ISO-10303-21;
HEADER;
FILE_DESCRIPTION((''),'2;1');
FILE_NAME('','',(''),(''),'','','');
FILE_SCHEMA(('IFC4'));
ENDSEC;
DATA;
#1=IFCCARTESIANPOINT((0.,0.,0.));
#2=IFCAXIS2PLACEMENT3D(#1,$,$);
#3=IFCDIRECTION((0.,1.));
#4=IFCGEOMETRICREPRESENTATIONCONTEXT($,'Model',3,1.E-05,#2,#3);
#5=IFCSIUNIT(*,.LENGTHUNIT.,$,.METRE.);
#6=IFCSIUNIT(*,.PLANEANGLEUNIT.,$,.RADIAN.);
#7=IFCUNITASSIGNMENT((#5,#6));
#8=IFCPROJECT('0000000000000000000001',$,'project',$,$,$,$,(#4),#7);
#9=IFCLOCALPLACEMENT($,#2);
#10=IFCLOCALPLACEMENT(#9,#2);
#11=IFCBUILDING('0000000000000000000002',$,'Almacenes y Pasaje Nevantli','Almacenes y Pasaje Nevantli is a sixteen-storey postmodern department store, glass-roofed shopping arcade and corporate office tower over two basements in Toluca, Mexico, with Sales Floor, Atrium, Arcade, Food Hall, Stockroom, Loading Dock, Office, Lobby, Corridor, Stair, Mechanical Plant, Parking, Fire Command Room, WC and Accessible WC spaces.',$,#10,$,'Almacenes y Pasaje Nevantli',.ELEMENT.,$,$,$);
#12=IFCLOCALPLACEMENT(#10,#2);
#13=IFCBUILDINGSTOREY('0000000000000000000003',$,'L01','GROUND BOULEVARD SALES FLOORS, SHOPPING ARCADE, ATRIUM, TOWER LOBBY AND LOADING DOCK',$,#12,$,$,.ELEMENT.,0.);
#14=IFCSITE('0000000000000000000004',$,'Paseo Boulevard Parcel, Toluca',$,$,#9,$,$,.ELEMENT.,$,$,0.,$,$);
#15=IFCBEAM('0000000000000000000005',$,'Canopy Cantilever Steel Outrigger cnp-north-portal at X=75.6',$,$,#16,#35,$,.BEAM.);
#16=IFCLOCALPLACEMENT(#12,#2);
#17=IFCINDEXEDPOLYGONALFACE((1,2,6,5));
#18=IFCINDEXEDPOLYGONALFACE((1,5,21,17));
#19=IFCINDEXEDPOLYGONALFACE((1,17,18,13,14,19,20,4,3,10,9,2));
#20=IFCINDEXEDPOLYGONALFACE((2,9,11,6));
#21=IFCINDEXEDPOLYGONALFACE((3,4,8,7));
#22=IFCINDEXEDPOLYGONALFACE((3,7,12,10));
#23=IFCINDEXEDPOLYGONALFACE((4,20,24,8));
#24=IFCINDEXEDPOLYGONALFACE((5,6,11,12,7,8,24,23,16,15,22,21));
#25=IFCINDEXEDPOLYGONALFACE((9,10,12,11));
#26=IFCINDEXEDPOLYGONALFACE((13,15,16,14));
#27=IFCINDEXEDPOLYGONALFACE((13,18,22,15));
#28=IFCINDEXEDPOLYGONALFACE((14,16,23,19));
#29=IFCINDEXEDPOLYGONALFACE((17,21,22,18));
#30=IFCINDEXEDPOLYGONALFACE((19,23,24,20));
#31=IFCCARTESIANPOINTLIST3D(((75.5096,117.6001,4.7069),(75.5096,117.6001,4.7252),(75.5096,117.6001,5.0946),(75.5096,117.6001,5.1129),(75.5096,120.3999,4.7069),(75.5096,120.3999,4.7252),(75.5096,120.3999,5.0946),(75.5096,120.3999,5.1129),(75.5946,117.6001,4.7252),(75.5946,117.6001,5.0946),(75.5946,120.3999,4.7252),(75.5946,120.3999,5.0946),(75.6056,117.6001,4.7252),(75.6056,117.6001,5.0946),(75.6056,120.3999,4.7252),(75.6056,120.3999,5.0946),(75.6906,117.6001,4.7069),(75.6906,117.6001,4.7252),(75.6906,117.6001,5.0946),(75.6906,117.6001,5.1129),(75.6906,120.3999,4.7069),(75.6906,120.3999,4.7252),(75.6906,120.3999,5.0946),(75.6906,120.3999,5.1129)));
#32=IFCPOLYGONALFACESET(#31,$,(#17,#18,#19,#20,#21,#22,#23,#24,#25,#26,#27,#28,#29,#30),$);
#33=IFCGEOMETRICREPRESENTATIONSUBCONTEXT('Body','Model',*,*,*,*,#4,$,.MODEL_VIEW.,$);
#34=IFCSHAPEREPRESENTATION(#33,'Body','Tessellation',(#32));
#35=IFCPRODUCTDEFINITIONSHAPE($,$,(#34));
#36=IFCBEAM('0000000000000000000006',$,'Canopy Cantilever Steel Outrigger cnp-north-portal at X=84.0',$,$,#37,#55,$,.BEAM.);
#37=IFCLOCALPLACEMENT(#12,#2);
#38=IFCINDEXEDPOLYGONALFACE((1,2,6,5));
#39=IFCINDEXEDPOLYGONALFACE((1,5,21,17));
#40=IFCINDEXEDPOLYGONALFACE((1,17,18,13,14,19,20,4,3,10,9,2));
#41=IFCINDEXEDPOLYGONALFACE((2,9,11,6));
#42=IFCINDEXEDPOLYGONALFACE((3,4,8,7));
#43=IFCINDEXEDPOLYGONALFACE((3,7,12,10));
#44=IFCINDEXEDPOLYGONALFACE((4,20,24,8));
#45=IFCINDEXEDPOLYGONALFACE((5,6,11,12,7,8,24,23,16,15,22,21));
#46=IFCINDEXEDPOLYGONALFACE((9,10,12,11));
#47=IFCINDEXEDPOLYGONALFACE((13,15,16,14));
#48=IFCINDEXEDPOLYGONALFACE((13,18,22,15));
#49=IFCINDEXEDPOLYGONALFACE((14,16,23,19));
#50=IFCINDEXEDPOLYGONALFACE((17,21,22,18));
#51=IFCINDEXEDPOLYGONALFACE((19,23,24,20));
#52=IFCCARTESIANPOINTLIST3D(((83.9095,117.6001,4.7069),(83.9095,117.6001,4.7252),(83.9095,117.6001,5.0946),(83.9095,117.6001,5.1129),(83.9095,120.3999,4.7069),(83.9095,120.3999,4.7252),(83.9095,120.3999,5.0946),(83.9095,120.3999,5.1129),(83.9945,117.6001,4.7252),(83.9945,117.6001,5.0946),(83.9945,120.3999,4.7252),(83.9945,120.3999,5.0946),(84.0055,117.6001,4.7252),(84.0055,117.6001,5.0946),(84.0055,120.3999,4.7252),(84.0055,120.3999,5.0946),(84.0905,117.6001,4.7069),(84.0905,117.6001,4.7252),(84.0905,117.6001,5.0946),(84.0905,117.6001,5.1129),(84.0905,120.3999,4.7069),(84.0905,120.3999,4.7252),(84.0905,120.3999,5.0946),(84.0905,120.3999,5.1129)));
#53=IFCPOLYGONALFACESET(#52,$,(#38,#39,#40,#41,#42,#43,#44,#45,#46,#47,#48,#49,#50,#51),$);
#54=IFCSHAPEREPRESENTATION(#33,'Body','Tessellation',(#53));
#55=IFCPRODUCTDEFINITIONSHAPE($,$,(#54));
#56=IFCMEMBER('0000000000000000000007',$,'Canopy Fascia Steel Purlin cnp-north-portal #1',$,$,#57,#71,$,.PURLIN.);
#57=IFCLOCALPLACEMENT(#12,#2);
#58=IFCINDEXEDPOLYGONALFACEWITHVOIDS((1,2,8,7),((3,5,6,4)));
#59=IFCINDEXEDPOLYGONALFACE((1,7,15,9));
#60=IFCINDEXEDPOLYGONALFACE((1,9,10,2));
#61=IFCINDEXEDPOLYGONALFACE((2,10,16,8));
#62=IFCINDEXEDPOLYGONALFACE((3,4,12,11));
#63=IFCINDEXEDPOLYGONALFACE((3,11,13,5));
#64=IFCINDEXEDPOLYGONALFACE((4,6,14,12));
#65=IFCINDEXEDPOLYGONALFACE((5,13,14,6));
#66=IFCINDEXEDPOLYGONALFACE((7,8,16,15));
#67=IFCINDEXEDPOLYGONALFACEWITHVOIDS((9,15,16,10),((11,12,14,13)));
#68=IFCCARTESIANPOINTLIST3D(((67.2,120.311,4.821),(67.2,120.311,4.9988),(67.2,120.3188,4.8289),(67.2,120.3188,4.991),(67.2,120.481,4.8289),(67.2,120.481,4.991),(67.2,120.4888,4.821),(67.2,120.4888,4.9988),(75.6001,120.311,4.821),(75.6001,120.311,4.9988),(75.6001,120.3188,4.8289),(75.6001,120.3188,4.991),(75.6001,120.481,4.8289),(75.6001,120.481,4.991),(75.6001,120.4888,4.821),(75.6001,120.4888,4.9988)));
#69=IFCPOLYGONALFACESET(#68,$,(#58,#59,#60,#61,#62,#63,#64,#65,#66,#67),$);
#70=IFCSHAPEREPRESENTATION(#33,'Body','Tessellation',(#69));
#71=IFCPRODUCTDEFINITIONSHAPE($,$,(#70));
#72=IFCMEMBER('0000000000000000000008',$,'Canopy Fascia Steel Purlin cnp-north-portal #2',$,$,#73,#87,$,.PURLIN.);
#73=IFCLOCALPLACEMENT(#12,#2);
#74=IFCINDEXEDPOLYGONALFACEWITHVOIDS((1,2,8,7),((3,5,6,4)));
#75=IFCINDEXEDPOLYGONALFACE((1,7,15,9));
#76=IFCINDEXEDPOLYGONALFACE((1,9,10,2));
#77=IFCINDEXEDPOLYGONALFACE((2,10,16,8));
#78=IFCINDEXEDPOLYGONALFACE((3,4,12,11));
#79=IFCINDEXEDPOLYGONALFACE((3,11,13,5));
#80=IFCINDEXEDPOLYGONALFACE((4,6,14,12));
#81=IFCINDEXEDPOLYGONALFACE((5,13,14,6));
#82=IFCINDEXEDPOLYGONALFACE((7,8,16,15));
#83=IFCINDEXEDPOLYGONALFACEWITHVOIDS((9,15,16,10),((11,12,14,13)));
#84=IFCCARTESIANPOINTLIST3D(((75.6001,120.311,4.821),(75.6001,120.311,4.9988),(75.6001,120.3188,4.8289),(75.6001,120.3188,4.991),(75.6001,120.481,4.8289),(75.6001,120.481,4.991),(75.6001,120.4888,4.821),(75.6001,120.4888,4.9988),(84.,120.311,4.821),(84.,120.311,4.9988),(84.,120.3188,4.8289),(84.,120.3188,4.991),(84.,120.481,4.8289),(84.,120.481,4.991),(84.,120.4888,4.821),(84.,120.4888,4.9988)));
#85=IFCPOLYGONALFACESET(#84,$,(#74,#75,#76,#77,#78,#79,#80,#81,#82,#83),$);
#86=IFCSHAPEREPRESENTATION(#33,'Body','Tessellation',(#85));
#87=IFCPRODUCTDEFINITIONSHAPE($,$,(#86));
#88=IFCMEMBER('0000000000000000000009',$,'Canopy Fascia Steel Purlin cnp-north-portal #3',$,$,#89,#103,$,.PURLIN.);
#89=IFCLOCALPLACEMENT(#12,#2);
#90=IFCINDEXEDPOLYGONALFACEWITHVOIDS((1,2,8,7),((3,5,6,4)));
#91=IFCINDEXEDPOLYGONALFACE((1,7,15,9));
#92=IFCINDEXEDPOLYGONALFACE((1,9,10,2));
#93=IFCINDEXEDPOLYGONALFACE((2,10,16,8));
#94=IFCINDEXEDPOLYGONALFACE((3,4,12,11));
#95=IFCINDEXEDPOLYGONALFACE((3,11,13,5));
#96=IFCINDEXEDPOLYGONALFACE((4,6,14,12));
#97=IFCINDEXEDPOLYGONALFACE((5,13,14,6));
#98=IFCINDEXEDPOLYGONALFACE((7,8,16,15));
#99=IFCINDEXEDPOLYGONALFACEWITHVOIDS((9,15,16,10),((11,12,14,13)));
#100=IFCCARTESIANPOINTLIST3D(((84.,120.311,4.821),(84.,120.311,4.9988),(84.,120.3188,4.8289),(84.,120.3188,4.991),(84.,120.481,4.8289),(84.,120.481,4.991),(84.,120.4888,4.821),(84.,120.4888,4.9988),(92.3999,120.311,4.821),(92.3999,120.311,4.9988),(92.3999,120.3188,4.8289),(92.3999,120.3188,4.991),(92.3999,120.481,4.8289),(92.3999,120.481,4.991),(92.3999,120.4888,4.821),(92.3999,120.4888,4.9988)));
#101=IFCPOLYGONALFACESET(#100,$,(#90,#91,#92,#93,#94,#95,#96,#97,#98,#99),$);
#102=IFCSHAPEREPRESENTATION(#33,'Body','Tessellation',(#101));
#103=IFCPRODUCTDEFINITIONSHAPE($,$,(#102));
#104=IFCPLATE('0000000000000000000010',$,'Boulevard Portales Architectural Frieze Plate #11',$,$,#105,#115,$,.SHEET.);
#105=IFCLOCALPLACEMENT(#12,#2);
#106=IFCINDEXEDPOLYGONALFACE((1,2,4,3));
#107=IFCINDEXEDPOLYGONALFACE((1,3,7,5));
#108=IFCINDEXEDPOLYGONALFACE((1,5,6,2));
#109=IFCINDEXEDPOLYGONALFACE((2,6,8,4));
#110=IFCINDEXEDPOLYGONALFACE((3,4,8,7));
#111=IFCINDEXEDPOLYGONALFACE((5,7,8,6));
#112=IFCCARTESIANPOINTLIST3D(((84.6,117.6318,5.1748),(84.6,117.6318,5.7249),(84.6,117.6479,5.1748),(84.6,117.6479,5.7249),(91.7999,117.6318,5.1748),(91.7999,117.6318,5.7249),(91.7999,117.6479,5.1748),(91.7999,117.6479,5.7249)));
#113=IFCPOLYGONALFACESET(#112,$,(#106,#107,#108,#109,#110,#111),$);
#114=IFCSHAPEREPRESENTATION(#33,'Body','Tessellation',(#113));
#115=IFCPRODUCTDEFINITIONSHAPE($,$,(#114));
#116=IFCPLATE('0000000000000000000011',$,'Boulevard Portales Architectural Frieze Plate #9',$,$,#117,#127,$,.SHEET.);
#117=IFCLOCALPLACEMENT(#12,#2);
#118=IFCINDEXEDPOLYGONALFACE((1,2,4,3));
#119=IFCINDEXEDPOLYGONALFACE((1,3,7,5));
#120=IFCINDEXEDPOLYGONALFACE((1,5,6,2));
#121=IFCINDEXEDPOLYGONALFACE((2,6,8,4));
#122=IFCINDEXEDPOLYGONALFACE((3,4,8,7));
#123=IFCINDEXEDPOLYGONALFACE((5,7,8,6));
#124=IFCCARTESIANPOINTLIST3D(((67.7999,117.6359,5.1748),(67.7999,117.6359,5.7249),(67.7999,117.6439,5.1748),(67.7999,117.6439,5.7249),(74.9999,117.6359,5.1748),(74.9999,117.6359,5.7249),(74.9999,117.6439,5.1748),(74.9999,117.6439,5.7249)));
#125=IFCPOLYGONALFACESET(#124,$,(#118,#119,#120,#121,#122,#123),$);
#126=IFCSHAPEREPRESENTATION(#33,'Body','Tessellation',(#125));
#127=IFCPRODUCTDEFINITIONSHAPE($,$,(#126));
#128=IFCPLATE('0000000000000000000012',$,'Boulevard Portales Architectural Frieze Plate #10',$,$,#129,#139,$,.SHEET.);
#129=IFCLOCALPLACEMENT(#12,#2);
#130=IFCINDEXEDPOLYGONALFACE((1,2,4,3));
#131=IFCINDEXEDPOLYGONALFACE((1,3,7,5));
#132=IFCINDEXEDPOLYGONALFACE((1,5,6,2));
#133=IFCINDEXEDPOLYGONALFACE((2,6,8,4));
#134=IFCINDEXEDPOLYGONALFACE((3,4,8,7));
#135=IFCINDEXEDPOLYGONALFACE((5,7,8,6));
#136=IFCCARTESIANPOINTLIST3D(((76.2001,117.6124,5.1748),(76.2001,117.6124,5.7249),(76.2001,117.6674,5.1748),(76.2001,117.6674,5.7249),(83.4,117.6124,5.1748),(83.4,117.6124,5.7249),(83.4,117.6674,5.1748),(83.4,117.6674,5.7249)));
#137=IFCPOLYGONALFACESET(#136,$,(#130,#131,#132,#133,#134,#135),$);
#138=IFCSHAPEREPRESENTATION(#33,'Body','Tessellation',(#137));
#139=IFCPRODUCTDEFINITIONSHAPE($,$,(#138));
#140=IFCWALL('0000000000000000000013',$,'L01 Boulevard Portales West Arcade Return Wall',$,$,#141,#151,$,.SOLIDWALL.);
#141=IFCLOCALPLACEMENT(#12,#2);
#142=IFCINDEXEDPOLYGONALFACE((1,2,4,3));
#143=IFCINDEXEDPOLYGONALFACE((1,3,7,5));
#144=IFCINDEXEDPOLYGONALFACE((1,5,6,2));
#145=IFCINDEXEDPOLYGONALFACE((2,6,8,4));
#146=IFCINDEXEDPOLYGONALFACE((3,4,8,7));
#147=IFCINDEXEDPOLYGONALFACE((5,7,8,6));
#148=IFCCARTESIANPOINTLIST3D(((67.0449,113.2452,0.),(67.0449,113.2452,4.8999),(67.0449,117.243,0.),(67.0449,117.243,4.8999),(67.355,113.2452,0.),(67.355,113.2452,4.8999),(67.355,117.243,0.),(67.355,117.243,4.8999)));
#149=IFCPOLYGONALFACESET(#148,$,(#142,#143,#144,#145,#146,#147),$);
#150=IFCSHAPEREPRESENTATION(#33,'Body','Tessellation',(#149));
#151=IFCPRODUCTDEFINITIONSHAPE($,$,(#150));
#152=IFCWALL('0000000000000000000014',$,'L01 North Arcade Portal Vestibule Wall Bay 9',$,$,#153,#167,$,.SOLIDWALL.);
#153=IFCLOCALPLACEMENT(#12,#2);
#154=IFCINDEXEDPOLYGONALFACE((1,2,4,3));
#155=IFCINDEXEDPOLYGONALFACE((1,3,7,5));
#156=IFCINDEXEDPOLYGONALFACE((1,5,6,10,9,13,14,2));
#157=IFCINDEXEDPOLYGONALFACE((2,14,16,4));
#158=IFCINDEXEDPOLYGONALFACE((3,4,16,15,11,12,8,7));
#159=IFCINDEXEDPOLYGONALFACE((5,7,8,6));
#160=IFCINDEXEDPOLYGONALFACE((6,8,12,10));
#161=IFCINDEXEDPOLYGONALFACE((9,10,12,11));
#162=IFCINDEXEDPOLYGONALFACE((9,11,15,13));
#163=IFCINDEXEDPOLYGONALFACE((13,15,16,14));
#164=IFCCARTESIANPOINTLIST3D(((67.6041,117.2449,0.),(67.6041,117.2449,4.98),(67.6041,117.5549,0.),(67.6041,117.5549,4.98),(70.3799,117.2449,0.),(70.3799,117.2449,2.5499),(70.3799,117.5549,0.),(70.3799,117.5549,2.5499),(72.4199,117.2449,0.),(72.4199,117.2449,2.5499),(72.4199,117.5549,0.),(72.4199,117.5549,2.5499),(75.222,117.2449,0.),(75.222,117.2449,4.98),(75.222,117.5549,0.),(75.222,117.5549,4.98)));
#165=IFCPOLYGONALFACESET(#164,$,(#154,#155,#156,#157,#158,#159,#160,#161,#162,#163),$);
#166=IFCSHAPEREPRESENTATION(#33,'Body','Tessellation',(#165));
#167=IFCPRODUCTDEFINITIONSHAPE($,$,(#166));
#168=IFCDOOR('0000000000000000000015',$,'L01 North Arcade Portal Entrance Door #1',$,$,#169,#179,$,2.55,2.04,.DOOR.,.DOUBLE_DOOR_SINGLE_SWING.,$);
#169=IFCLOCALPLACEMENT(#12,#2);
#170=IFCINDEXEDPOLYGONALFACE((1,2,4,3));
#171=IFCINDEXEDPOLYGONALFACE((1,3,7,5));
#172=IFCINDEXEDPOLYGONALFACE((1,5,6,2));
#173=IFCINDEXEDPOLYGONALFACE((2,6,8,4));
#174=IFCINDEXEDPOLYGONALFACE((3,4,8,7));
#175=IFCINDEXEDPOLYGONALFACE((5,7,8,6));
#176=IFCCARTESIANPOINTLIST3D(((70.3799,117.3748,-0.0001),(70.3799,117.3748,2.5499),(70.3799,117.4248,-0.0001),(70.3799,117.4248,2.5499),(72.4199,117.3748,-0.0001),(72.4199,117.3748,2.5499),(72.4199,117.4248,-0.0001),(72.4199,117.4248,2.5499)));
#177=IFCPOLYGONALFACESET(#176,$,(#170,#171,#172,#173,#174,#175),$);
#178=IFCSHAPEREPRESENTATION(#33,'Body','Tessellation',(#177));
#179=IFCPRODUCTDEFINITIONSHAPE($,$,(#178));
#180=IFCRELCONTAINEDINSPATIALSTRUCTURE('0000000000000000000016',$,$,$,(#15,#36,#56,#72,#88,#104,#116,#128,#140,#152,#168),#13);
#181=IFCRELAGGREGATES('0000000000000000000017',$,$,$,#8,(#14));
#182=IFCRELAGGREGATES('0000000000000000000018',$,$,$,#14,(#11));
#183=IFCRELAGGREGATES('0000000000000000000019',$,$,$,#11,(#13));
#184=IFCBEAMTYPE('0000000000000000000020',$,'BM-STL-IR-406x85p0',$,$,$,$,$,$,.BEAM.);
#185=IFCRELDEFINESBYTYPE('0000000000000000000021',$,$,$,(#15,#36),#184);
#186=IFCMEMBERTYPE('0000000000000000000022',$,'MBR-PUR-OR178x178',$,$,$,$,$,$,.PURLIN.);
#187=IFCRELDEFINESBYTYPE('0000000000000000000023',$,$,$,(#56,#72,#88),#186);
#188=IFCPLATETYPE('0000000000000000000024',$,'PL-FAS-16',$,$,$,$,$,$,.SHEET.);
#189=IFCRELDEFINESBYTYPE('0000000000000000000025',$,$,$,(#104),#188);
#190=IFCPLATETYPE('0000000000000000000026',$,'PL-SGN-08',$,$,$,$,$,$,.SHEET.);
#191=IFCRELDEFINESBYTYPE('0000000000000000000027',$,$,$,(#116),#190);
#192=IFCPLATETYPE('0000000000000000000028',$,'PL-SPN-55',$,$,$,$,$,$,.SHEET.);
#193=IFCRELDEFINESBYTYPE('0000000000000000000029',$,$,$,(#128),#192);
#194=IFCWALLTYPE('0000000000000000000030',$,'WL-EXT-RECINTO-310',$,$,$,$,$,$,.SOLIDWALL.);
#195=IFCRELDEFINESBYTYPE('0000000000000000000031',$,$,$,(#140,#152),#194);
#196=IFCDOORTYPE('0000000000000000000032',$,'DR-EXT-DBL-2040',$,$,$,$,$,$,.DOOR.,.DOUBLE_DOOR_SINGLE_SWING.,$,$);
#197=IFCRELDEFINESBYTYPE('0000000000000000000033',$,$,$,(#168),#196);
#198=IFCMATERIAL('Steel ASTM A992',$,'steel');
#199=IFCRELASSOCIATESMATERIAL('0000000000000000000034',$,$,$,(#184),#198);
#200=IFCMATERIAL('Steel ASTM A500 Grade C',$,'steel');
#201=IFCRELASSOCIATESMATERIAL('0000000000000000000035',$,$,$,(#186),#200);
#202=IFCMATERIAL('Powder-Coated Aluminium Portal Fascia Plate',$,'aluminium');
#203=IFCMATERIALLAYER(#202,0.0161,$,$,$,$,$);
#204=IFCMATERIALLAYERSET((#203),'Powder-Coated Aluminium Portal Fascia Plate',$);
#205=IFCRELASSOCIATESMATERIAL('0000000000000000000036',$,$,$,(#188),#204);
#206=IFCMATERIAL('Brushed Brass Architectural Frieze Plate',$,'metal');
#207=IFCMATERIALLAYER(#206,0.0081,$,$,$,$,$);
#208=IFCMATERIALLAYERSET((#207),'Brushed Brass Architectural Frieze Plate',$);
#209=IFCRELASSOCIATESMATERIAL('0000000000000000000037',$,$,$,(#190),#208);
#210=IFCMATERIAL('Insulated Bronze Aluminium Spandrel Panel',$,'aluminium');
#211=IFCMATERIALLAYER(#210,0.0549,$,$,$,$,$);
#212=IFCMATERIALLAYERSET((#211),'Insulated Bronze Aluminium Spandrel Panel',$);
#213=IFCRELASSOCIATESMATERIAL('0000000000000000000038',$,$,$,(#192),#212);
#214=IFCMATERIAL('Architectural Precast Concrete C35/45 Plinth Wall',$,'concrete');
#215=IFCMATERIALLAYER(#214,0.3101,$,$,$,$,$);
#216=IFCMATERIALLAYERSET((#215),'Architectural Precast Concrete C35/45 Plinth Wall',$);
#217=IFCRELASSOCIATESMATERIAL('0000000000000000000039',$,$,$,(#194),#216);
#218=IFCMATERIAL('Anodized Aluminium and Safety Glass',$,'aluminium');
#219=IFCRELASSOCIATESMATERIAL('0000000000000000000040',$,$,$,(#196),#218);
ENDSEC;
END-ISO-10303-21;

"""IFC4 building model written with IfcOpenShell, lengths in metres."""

from ifc_helpers import new_model, si_unit, direction, frame, frame_2d, origin, origin_2d, place, context, subcontext, project, spatial, rectangle, hollow_rectangle, i_section, extrude, material, layer, layer_set, material_profile, profile_set, type_object, element, fill, save


model = new_model("IFC4")

# Units and contexts
model_context = context("Model", 3, precision=1e-05, world=origin(), true_north=direction((0.0, 1.0)))
body_context = subcontext(model_context, "Body", "Model", "MODEL_VIEW")
ifc_project = project(units=[si_unit("LENGTHUNIT", "METRE"), si_unit("PLANEANGLEUNIT", "RADIAN")], contexts=[model_context])

# Site, building, storey
site_placement = place(None, origin())
site = spatial("IfcSite", under=ifc_project, at=site_placement, Name="Paseo Boulevard Parcel, Toluca", CompositionType="ELEMENT", RefElevation=0.0)
building_placement = place(site_placement, origin())
building = spatial("IfcBuilding", under=site, at=building_placement, Name="Almacenes y Pasaje Nevantli", Description="Almacenes y Pasaje Nevantli is a sixteen-storey postmodern department store, glass-roofed shopping arcade and corporate office tower over two basements in Toluca, Mexico, with Sales Floor, Atrium, Arcade, Food Hall, Stockroom, Loading Dock, Office, Lobby, Corridor, Stair, Mechanical Plant, Parking, Fire Command Room, WC and Accessible WC spaces.", LongName="Almacenes y Pasaje Nevantli", CompositionType="ELEMENT")
storey_placement = place(building_placement, origin())
storey = spatial("IfcBuildingStorey", under=building, at=storey_placement, Name="L01", Description="GROUND BOULEVARD SALES FLOORS, SHOPPING ARCADE, ATRIUM, TOWER LOBBY AND LOADING DOCK", CompositionType="ELEMENT", Elevation=0.0)

# Beams
ifc_material_1 = material(Name="Steel ASTM A992", Category="steel")
ifc_material_profile_1 = material_profile(ifc_material_1, i_section(OverallWidth=0.1809, OverallDepth=0.406, WebThickness=0.011, FlangeThickness=0.0183, at=origin_2d()), Name="IR 406x85.0")
ifc_profile_set_1 = profile_set([ifc_material_profile_1], Name="Steel ASTM A992")
beam_type_1 = type_object("IfcBeamType", Name="BM-STL-IR-406x85p0", PredefinedType="BEAM", material=ifc_profile_set_1)
for number, where, z_axis, x_axis, name in (
    (1, (75.6001, 117.6001, 4.9099), (0.0, 1.0, 0.0), (-1.0, 0.0, 0.0), "Canopy Cantilever Steel Outrigger cnp-north-portal at X=75.6"),
    (2, (84.0, 117.6001, 4.9099), (0.0, 1.0, 0.0), (-1.0, 0.0, 0.0), "Canopy Cantilever Steel Outrigger cnp-north-portal at X=84.0"),
):
    element("IfcBeam", number, at=place(storey_placement, frame(where, z_axis=z_axis, x_axis=x_axis)), inside=storey, type_object=beam_type_1, Name=name, PredefinedType="BEAM", context=body_context, shape_type="SweptSolid", body=[
        extrude(i_section(OverallWidth=0.1809, OverallDepth=0.406, WebThickness=0.011, FlangeThickness=0.0183, at=origin_2d()), origin(), (0.0, 0.0, 1.0), 2.7998),
    ])

# Members
ifc_material_2 = material(Name="Steel ASTM A500 Grade C", Category="steel")
ifc_material_profile_2 = material_profile(ifc_material_2, hollow_rectangle(XDim=0.1777, YDim=0.1777, WallThickness=0.0078, at=origin_2d()), Name="OR 178x178x7.9")
ifc_profile_set_2 = profile_set([ifc_material_profile_2], Name="Steel ASTM A500 Grade C")
member_type = type_object("IfcMemberType", Name="MBR-PUR-OR178x178", PredefinedType="PURLIN", material=ifc_profile_set_2)
member_placement = place(storey_placement, frame((67.2, 120.3999, 4.9099), z_axis=(1.0, 0.0, 0.0), x_axis=(0.0, 1.0, 0.0)))
element("IfcMember", 3, at=member_placement, inside=storey, type_object=member_type, Name="Canopy Fascia Steel Purlin cnp-north-portal #1", PredefinedType="PURLIN", context=body_context, shape_type="SweptSolid", body=[
    extrude(hollow_rectangle(XDim=0.1777, YDim=0.1777, WallThickness=0.0078, at=origin_2d()), origin(), (0.0, 0.0, 1.0), 8.4001),
])
for number, where, z_axis, x_axis, name in (
    (4, (75.6001, 120.3999, 4.9099), (1.0, 0.0, 0.0), (0.0, 1.0, 0.0), "Canopy Fascia Steel Purlin cnp-north-portal #2"),
    (5, (84.0, 120.3999, 4.9099), (1.0, 0.0, 0.0), (0.0, 1.0, 0.0), "Canopy Fascia Steel Purlin cnp-north-portal #3"),
):
    element("IfcMember", number, at=place(storey_placement, frame(where, z_axis=z_axis, x_axis=x_axis)), inside=storey, type_object=member_type, Name=name, PredefinedType="PURLIN", context=body_context, shape_type="SweptSolid", body=[
        extrude(hollow_rectangle(XDim=0.1777, YDim=0.1777, WallThickness=0.0078, at=origin_2d()), origin(), (0.0, 0.0, 1.0), 8.3999),
    ])

# Plates
ifc_material_3 = material(Name="Powder-Coated Aluminium Portal Fascia Plate", Category="aluminium")
ifc_layer_1 = layer(ifc_material_3, 0.0161)
ifc_layer_set_1 = layer_set([ifc_layer_1], Name="Powder-Coated Aluminium Portal Fascia Plate")
plate_type_1 = type_object("IfcPlateType", Name="PL-FAS-16", PredefinedType="SHEET", material=ifc_layer_set_1)
plate_1_placement = place(storey_placement, frame((88.2, 117.6399, 5.1748), z_axis=(0.0, 0.0, 1.0), x_axis=(1.0, 0.0, 0.0)))
element("IfcPlate", 6, at=plate_1_placement, inside=storey, type_object=plate_type_1, Name="Boulevard Portales Architectural Frieze Plate #11", PredefinedType="SHEET", context=body_context, shape_type="SweptSolid", body=[
    extrude(rectangle(XDim=7.2, YDim=0.0161, at=origin_2d()), origin(), (0.0, 0.0, 1.0), 0.55),
])
ifc_material_4 = material(Name="Brushed Brass Architectural Frieze Plate", Category="metal")
ifc_layer_2 = layer(ifc_material_4, 0.0081)
ifc_layer_set_2 = layer_set([ifc_layer_2], Name="Brushed Brass Architectural Frieze Plate")
plate_type_2 = type_object("IfcPlateType", Name="PL-SGN-08", PredefinedType="SHEET", material=ifc_layer_set_2)
plate_2_placement = place(storey_placement, frame((71.3999, 117.6399, 5.1748), z_axis=(0.0, 0.0, 1.0), x_axis=(1.0, 0.0, 0.0)))
element("IfcPlate", 7, at=plate_2_placement, inside=storey, type_object=plate_type_2, Name="Boulevard Portales Architectural Frieze Plate #9", PredefinedType="SHEET", context=body_context, shape_type="SweptSolid", body=[
    extrude(rectangle(XDim=7.2, YDim=0.0081, at=origin_2d()), origin(), (0.0, 0.0, 1.0), 0.55),
])
ifc_material_5 = material(Name="Insulated Bronze Aluminium Spandrel Panel", Category="aluminium")
ifc_layer_3 = layer(ifc_material_5, 0.0549)
ifc_layer_set_3 = layer_set([ifc_layer_3], Name="Insulated Bronze Aluminium Spandrel Panel")
plate_type_3 = type_object("IfcPlateType", Name="PL-SPN-55", PredefinedType="SHEET", material=ifc_layer_set_3)
plate_3_placement = place(storey_placement, frame((79.8, 117.6399, 5.1748), z_axis=(0.0, 0.0, 1.0), x_axis=(1.0, 0.0, 0.0)))
element("IfcPlate", 8, at=plate_3_placement, inside=storey, type_object=plate_type_3, Name="Boulevard Portales Architectural Frieze Plate #10", PredefinedType="SHEET", context=body_context, shape_type="SweptSolid", body=[
    extrude(rectangle(XDim=7.2, YDim=0.0549, at=origin_2d()), origin(), (0.0, 0.0, 1.0), 0.55),
])

# Wall
ifc_material_6 = material(Name="Architectural Precast Concrete C35/45 Plinth Wall", Category="concrete")
ifc_layer_4 = layer(ifc_material_6, 0.3101)
ifc_layer_set_4 = layer_set([ifc_layer_4], Name="Architectural Precast Concrete C35/45 Plinth Wall")
wall_type = type_object("IfcWallType", Name="WL-EXT-RECINTO-310", PredefinedType="SOLIDWALL", material=ifc_layer_set_4)
wall_1_placement = place(storey_placement, frame((67.2, 113.2451, 0.0), z_axis=(0.0, 0.0, 1.0), x_axis=(0.0, 1.0, 0.0)))
element("IfcWall", 9, at=wall_1_placement, inside=storey, type_object=wall_type, Name="L01 Boulevard Portales West Arcade Return Wall", PredefinedType="SOLIDWALL", context=body_context, shape_type="SweptSolid", body=[
    extrude(rectangle(XDim=3.9978, YDim=0.3101, at=frame_2d((1.999, 0.0))), origin(), (0.0, 0.0, 1.0), 4.8999),
])

# Wall, opening, door
wall_2_placement = place(storey_placement, frame((67.604, 117.3999, 0.0), z_axis=(0.0, 0.0, 1.0), x_axis=(1.0, 0.0, 0.0)))
wall_2 = element("IfcWall", 10, at=wall_2_placement, inside=storey, type_object=wall_type, Name="L01 North Arcade Portal Vestibule Wall Bay 9", PredefinedType="SOLIDWALL", context=body_context, shape_type="SweptSolid", body=[
    extrude(rectangle(XDim=7.6179, YDim=0.3101, at=frame_2d((3.8091, 0.0))), origin(), (0.0, 0.0, 1.0), 4.98),
])
opening_1_placement = place(wall_2_placement, frame((2.7759, 0.0, 0.0)))
opening_1 = element("IfcOpeningElement", 11, at=opening_1_placement, cuts=wall_2, PredefinedType="OPENING", context=body_context, shape_type="SweptSolid", body=[
    extrude(rectangle(XDim=2.04, YDim=2.55, at=frame_2d((1.02, 1.2749))), frame((0.0, 0.165, 0.0), z_axis=(0.0, -1.0, 0.0), x_axis=(1.0, 0.0, 0.0)), (0.0, 0.0, 1.0), 0.3301),
])
ifc_material_7 = material(Name="Anodized Aluminium and Safety Glass", Category="aluminium")
door_type_1 = type_object("IfcDoorType", Name="DR-EXT-DBL-2040", OperationType="DOUBLE_DOOR_SINGLE_SWING", PredefinedType="DOOR", material=ifc_material_7)
door_1_placement = place(opening_1_placement, origin())
door_1 = element("IfcDoor", 12, at=door_1_placement, inside=storey, type_object=door_type_1, Name="L01 North Arcade Portal Entrance Door #1", OperationType="DOUBLE_DOOR_SINGLE_SWING", OverallHeight=2.55, OverallWidth=2.04, PredefinedType="DOOR", context=body_context, shape_type="SweptSolid", body=[
    extrude(rectangle(XDim=2.04, YDim=2.55, at=frame_2d((1.02, 1.2749))), frame((0.0, 0.0249, 0.0), z_axis=(0.0, -1.0, 0.0), x_axis=(1.0, 0.0, 0.0)), (0.0, 0.0, 1.0), 0.05),
])
fill(opening_1, door_1)

save(model, "model.ifc")
